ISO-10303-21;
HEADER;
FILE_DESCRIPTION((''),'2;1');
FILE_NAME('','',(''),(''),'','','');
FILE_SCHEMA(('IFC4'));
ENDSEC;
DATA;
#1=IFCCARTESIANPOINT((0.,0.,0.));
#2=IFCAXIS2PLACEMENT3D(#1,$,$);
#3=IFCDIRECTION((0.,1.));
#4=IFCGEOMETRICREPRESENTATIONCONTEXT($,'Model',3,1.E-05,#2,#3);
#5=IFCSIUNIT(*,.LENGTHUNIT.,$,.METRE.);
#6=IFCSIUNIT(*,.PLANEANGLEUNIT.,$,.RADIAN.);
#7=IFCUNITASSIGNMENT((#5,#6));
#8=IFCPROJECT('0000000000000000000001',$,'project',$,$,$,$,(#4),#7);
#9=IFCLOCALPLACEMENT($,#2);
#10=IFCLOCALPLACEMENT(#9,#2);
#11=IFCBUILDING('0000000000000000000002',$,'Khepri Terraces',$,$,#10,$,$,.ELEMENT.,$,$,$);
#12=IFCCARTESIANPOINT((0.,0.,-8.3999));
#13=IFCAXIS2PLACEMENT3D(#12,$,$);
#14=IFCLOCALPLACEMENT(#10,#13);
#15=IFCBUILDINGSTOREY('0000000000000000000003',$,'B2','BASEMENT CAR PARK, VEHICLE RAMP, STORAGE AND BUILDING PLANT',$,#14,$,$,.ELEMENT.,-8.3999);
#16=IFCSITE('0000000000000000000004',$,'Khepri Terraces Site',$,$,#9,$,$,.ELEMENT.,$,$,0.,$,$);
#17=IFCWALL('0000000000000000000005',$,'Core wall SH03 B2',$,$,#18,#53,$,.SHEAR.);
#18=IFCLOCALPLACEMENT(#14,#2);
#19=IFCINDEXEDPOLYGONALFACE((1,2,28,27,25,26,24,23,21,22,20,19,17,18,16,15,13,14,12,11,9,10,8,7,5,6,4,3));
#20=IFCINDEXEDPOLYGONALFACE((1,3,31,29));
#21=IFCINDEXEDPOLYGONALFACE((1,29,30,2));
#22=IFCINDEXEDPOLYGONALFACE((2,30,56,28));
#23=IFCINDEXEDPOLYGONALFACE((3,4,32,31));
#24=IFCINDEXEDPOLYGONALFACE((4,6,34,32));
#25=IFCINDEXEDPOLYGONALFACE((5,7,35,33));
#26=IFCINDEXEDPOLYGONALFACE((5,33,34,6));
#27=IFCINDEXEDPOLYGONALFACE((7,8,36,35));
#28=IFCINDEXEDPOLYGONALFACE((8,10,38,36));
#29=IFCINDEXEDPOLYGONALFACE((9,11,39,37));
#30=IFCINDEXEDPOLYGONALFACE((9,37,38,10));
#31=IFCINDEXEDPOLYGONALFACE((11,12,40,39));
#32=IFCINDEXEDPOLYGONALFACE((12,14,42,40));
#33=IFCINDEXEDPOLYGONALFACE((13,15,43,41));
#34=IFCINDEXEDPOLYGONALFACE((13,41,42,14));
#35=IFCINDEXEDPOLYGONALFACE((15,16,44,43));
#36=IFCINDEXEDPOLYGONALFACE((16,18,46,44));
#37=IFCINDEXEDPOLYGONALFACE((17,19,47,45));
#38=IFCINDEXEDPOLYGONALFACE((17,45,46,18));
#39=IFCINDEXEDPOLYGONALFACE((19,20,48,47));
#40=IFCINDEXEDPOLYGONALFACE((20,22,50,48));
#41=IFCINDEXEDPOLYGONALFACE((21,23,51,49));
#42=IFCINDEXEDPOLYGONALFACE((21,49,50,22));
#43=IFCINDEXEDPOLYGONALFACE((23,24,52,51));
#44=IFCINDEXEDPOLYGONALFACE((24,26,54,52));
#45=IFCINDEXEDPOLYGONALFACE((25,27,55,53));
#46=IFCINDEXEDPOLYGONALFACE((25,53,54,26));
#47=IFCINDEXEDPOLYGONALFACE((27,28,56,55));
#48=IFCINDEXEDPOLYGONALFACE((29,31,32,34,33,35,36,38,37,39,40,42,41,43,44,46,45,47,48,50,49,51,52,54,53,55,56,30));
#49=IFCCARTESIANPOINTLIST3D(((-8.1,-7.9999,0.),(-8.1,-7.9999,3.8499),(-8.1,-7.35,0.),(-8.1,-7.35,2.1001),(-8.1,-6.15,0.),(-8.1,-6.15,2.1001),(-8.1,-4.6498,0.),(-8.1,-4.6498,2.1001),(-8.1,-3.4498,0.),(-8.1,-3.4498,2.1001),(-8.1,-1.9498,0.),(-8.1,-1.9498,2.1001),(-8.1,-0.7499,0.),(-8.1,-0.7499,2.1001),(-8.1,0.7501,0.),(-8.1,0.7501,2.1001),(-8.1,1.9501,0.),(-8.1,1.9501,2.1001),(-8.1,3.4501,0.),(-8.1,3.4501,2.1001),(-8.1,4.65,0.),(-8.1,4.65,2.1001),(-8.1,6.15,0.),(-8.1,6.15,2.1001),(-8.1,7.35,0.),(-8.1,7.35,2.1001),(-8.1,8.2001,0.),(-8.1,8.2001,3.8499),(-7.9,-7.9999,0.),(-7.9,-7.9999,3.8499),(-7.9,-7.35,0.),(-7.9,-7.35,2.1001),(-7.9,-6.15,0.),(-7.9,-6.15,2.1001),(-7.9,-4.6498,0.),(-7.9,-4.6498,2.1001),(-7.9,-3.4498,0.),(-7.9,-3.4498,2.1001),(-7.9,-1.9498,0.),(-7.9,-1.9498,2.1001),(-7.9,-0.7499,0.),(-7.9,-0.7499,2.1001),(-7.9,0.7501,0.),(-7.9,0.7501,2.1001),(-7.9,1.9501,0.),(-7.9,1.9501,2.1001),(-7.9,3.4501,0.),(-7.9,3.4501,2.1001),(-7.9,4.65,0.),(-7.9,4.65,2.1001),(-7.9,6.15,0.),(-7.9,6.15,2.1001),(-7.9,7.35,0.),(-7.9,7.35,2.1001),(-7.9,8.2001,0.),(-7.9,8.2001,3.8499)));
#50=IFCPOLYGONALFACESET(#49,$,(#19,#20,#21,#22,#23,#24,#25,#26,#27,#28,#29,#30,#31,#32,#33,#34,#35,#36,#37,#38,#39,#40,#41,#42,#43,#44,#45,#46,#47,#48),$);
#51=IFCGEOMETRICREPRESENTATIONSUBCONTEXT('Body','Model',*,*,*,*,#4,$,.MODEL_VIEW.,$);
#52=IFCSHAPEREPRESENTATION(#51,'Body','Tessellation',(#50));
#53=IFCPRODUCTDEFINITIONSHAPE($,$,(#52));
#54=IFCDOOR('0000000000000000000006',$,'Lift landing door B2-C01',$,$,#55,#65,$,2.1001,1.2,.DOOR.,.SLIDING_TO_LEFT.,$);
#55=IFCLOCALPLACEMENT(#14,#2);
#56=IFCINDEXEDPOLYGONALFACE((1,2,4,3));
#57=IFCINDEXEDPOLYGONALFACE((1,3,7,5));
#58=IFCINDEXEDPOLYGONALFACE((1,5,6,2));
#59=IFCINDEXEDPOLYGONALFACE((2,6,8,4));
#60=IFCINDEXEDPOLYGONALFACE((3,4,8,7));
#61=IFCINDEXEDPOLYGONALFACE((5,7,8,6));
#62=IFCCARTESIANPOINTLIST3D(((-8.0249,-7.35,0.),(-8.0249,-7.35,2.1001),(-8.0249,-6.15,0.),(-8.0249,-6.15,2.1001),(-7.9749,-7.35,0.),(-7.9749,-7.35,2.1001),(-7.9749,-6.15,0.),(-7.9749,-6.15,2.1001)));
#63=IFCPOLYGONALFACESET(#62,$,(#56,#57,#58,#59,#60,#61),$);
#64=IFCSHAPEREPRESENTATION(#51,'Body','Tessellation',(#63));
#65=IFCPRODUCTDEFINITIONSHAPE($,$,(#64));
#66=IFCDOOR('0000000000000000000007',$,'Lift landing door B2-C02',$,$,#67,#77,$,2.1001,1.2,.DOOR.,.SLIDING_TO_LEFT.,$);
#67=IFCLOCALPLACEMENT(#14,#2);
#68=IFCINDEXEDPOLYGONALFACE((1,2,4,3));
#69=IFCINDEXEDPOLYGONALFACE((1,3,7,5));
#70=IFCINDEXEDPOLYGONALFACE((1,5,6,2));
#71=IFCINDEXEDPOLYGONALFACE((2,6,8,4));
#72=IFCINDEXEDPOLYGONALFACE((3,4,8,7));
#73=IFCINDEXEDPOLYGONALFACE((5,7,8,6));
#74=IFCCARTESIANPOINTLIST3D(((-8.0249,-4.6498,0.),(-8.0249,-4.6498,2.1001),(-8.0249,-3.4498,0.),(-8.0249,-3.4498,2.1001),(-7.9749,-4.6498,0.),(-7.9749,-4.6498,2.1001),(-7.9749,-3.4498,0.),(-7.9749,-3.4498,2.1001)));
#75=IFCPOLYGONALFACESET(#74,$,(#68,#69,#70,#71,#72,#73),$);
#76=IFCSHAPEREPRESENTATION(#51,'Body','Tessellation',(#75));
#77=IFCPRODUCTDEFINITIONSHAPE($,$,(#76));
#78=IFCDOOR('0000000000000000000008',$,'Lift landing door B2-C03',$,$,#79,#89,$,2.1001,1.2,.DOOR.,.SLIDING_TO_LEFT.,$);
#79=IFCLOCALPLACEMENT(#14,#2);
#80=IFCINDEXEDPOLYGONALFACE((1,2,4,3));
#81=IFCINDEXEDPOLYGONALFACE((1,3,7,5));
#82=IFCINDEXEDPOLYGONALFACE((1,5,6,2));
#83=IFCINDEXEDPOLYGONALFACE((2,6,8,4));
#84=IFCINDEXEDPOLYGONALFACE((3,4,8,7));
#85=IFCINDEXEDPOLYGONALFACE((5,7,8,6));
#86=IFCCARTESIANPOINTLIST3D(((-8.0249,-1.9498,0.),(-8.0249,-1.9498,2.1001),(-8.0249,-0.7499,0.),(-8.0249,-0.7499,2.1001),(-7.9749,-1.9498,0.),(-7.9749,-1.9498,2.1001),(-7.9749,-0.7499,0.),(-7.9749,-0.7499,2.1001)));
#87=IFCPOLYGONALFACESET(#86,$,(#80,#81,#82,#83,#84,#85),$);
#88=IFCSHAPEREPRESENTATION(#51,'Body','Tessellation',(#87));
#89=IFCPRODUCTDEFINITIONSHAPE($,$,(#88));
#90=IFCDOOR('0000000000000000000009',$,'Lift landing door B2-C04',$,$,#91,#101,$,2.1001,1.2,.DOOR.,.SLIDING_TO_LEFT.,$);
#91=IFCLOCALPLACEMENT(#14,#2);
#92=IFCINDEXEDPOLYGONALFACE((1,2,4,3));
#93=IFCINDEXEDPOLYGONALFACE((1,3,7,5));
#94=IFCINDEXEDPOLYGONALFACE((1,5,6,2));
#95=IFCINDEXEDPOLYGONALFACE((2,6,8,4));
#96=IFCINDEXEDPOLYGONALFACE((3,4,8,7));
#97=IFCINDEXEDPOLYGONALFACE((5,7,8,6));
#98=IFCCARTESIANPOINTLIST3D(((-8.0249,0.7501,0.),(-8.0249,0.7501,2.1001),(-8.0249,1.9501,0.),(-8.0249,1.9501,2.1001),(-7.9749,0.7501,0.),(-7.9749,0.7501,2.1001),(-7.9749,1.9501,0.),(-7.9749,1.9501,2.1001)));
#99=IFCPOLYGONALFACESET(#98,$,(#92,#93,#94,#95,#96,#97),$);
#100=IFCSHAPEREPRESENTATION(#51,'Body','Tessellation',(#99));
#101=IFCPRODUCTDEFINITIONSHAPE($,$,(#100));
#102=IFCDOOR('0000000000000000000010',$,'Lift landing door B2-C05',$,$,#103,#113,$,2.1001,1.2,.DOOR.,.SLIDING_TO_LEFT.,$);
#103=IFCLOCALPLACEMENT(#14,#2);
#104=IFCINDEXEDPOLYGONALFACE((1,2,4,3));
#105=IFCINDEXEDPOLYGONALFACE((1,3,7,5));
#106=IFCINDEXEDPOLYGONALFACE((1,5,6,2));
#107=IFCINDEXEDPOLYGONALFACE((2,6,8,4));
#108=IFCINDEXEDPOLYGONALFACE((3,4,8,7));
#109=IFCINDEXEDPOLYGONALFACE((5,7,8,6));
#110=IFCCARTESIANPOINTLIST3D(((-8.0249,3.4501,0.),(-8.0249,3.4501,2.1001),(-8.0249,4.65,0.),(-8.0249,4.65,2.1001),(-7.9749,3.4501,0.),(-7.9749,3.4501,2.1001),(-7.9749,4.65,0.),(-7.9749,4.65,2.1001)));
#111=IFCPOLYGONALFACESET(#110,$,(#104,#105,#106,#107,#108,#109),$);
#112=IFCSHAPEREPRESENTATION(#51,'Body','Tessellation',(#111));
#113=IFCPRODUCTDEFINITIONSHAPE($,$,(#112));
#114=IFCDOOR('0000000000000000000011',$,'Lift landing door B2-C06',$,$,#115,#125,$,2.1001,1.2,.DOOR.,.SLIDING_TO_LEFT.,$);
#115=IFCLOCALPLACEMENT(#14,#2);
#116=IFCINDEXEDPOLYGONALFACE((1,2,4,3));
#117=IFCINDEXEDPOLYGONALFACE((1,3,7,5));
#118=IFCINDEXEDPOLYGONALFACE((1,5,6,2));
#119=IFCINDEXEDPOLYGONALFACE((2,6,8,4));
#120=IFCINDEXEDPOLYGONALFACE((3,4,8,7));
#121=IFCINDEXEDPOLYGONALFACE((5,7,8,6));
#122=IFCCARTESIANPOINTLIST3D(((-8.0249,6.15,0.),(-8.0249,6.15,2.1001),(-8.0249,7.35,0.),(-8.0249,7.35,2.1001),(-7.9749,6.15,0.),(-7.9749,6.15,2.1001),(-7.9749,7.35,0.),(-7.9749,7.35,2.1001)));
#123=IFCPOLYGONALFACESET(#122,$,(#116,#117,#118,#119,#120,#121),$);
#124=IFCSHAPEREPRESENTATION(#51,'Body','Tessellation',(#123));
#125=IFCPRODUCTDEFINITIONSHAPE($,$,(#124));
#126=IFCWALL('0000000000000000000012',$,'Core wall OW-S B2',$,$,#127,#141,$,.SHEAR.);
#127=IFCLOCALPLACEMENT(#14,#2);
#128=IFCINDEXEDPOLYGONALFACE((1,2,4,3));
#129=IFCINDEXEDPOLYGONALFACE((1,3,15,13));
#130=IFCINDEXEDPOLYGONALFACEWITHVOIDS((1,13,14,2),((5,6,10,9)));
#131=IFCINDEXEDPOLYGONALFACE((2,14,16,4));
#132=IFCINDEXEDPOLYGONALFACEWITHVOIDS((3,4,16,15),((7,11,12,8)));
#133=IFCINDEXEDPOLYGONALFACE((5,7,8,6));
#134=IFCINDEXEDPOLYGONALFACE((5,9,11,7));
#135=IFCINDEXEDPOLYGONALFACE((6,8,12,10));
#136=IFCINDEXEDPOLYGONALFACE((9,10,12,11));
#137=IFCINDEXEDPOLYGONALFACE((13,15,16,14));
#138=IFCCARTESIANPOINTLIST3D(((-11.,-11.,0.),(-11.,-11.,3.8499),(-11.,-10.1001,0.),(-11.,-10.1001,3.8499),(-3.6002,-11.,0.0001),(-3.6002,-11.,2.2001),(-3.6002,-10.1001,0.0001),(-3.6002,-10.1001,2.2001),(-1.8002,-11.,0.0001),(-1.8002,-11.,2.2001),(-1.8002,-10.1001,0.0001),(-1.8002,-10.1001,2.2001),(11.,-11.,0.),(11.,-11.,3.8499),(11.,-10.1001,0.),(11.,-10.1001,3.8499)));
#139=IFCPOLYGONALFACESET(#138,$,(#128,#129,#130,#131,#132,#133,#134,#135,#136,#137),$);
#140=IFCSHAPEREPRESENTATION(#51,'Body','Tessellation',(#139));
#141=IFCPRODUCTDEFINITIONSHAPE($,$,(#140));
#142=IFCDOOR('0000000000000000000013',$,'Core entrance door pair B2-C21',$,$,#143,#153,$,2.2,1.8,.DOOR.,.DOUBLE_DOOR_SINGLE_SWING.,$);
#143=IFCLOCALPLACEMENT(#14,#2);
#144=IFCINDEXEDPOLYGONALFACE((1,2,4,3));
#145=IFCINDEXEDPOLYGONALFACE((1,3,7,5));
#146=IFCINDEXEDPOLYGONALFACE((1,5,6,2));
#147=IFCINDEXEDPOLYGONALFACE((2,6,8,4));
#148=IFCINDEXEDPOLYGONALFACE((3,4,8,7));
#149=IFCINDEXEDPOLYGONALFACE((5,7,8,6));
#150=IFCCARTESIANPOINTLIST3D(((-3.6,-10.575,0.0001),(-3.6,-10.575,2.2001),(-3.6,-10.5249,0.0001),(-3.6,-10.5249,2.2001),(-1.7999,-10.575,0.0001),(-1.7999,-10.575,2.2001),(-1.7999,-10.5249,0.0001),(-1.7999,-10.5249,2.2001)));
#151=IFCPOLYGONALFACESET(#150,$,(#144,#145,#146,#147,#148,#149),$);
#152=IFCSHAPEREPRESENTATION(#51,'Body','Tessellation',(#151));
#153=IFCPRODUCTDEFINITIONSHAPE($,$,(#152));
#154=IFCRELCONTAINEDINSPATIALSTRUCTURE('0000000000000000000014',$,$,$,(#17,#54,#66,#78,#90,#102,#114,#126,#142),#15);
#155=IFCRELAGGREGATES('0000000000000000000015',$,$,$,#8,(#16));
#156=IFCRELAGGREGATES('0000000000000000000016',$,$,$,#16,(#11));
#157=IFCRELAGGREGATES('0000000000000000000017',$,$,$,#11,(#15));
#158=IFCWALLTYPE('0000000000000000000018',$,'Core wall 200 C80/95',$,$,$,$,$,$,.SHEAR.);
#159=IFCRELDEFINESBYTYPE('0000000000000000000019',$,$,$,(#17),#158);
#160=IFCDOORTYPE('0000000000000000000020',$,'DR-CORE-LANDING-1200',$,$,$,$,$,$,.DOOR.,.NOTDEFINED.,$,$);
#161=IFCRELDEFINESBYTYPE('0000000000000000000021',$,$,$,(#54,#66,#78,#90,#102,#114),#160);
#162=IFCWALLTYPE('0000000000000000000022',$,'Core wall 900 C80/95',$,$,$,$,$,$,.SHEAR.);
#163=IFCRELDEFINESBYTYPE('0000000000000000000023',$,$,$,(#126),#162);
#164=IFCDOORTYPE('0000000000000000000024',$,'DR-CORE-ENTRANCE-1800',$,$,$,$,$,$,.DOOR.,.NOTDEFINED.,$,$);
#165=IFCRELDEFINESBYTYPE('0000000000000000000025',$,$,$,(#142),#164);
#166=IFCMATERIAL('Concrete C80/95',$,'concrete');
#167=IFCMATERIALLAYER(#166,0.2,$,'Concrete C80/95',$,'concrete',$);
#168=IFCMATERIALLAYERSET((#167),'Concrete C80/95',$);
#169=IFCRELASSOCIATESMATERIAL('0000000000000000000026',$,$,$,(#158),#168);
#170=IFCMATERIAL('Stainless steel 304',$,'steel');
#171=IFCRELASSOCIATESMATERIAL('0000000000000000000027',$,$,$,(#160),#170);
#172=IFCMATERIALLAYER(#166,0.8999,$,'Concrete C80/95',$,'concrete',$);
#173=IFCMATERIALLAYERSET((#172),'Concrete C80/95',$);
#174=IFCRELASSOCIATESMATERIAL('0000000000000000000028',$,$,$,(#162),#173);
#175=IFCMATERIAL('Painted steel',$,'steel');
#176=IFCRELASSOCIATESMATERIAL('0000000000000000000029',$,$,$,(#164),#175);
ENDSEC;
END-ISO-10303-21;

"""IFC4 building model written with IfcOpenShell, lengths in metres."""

from ifc_helpers import new_model, si_unit, direction, frame, frame_2d, origin, place, context, subcontext, project, spatial, rectangle, extrude, material, layer, layer_set, type_object, element, fill, save


model = new_model("IFC4")

# Units and contexts
model_context = context("Model", 3, precision=1e-05, world=origin(), true_north=direction((0.0, 1.0)))
body_context = subcontext(model_context, "Body", "Model", "MODEL_VIEW")
ifc_project = project(units=[si_unit("LENGTHUNIT", "METRE"), si_unit("PLANEANGLEUNIT", "RADIAN")], contexts=[model_context])

# Site, building, storey
site_placement = place(None, origin())
site = spatial("IfcSite", under=ifc_project, at=site_placement, Name="Khepri Terraces Site", CompositionType="ELEMENT", RefElevation=0.0)
building_placement = place(site_placement, origin())
building = spatial("IfcBuilding", under=site, at=building_placement, Name="Khepri Terraces", CompositionType="ELEMENT")
storey_placement = place(building_placement, frame((0.0, 0.0, -8.3999)))
storey = spatial("IfcBuildingStorey", under=building, at=storey_placement, Name="B2", Description="BASEMENT CAR PARK, VEHICLE RAMP, STORAGE AND BUILDING PLANT", CompositionType="ELEMENT", Elevation=-8.3999)

# Shared definitions
ifc_material_1 = material(Name="Concrete C80/95", Category="concrete")
ifc_layer_1 = layer(ifc_material_1, 0.2, Name="Concrete C80/95", Category="concrete")
ifc_layer_set_1 = layer_set([ifc_layer_1], Name="Concrete C80/95")
wall_type_1 = type_object("IfcWallType", Name="Core wall 200 C80/95", PredefinedType="SHEAR", material=ifc_layer_set_1)

# Wall, openings, doors
wall_1_placement = place(storey_placement, frame((-8.0, -8.0, 0.0), z_axis=(0.0, 0.0, 1.0), x_axis=(0.0, 1.0, 0.0)))
wall_1 = element("IfcWall", 1, at=wall_1_placement, inside=storey, type_object=wall_type_1, Name="Core wall SH03 B2", PredefinedType="SHEAR", context=body_context, shape_type="SweptSolid", body=[
    extrude(rectangle(XDim=16.2, YDim=0.2, at=frame_2d((8.1001, 0.0))), origin(), (0.0, 0.0, 1.0), 3.8499),
])
opening_1_placement = place(wall_1_placement, frame((0.6499, 0.0, 0.0)))
opening_1 = element("IfcOpeningElement", 2, at=opening_1_placement, cuts=wall_1, PredefinedType="OPENING", context=body_context, shape_type="SweptSolid", body=[
    extrude(rectangle(XDim=1.2, YDim=2.1001, at=frame_2d((0.6001, 1.05))), frame((0.0, 0.1099, 0.0), z_axis=(0.0, -1.0, 0.0), x_axis=(1.0, 0.0, 0.0)), (0.0, 0.0, 1.0), 0.22),
])
opening_2_placement = place(wall_1_placement, frame((3.3501, 0.0, 0.0)))
opening_2 = element("IfcOpeningElement", 3, at=opening_2_placement, cuts=wall_1, PredefinedType="OPENING", context=body_context, shape_type="SweptSolid", body=[
    extrude(rectangle(XDim=1.2, YDim=2.1001, at=frame_2d((0.6001, 1.05))), frame((0.0, 0.1099, 0.0), z_axis=(0.0, -1.0, 0.0), x_axis=(1.0, 0.0, 0.0)), (0.0, 0.0, 1.0), 0.22),
])
opening_3_placement = place(wall_1_placement, frame((6.05, 0.0, 0.0)))
opening_3 = element("IfcOpeningElement", 4, at=opening_3_placement, cuts=wall_1, PredefinedType="OPENING", context=body_context, shape_type="SweptSolid", body=[
    extrude(rectangle(XDim=1.2, YDim=2.1001, at=frame_2d((0.6001, 1.05))), frame((0.0, 0.1099, 0.0), z_axis=(0.0, -1.0, 0.0), x_axis=(1.0, 0.0, 0.0)), (0.0, 0.0, 1.0), 0.22),
])
opening_4_placement = place(wall_1_placement, frame((8.75, 0.0, 0.0)))
opening_4 = element("IfcOpeningElement", 5, at=opening_4_placement, cuts=wall_1, PredefinedType="OPENING", context=body_context, shape_type="SweptSolid", body=[
    extrude(rectangle(XDim=1.2, YDim=2.1001, at=frame_2d((0.6001, 1.05))), frame((0.0, 0.1099, 0.0), z_axis=(0.0, -1.0, 0.0), x_axis=(1.0, 0.0, 0.0)), (0.0, 0.0, 1.0), 0.22),
])
opening_5_placement = place(wall_1_placement, frame((11.45, 0.0, 0.0)))
opening_5 = element("IfcOpeningElement", 6, at=opening_5_placement, cuts=wall_1, PredefinedType="OPENING", context=body_context, shape_type="SweptSolid", body=[
    extrude(rectangle(XDim=1.2, YDim=2.1001, at=frame_2d((0.6001, 1.05))), frame((0.0, 0.1099, 0.0), z_axis=(0.0, -1.0, 0.0), x_axis=(1.0, 0.0, 0.0)), (0.0, 0.0, 1.0), 0.22),
])
opening_6_placement = place(wall_1_placement, frame((14.1499, 0.0, 0.0)))
opening_6 = element("IfcOpeningElement", 7, at=opening_6_placement, cuts=wall_1, PredefinedType="OPENING", context=body_context, shape_type="SweptSolid", body=[
    extrude(rectangle(XDim=1.2, YDim=2.1001, at=frame_2d((0.6001, 1.05))), frame((0.0, 0.1099, 0.0), z_axis=(0.0, -1.0, 0.0), x_axis=(1.0, 0.0, 0.0)), (0.0, 0.0, 1.0), 0.22),
])
ifc_material_2 = material(Name="Stainless steel 304", Category="steel")
door_type_1 = type_object("IfcDoorType", Name="DR-CORE-LANDING-1200", OperationType="NOTDEFINED", PredefinedType="DOOR", material=ifc_material_2)
door_1_placement = place(opening_1_placement, origin())
door_1 = element("IfcDoor", 8, at=door_1_placement, inside=storey, type_object=door_type_1, Name="Lift landing door B2-C01", OperationType="SLIDING_TO_LEFT", OverallHeight=2.1001, OverallWidth=1.2, PredefinedType="DOOR", context=body_context, shape_type="SweptSolid", body=[
    extrude(rectangle(XDim=1.2, YDim=2.1001, at=frame_2d((0.6001, 1.05))), frame((0.0, 0.0249, 0.0), z_axis=(0.0, -1.0, 0.0), x_axis=(1.0, 0.0, 0.0)), (0.0, 0.0, 1.0), 0.05),
])
fill(opening_1, door_1)
door_2_placement = place(opening_2_placement, origin())
door_2 = element("IfcDoor", 9, at=door_2_placement, inside=storey, type_object=door_type_1, Name="Lift landing door B2-C02", OperationType="SLIDING_TO_LEFT", OverallHeight=2.1001, OverallWidth=1.2, PredefinedType="DOOR", context=body_context, shape_type="SweptSolid", body=[
    extrude(rectangle(XDim=1.2, YDim=2.1001, at=frame_2d((0.6001, 1.05))), frame((0.0, 0.0249, 0.0), z_axis=(0.0, -1.0, 0.0), x_axis=(1.0, 0.0, 0.0)), (0.0, 0.0, 1.0), 0.05),
])
fill(opening_2, door_2)
door_3_placement = place(opening_3_placement, origin())
door_3 = element("IfcDoor", 10, at=door_3_placement, inside=storey, type_object=door_type_1, Name="Lift landing door B2-C03", OperationType="SLIDING_TO_LEFT", OverallHeight=2.1001, OverallWidth=1.2, PredefinedType="DOOR", context=body_context, shape_type="SweptSolid", body=[
    extrude(rectangle(XDim=1.2, YDim=2.1001, at=frame_2d((0.6001, 1.05))), frame((0.0, 0.0249, 0.0), z_axis=(0.0, -1.0, 0.0), x_axis=(1.0, 0.0, 0.0)), (0.0, 0.0, 1.0), 0.05),
])
fill(opening_3, door_3)
door_4_placement = place(opening_4_placement, origin())
door_4 = element("IfcDoor", 11, at=door_4_placement, inside=storey, type_object=door_type_1, Name="Lift landing door B2-C04", OperationType="SLIDING_TO_LEFT", OverallHeight=2.1001, OverallWidth=1.2, PredefinedType="DOOR", context=body_context, shape_type="SweptSolid", body=[
    extrude(rectangle(XDim=1.2, YDim=2.1001, at=frame_2d((0.6001, 1.05))), frame((0.0, 0.0249, 0.0), z_axis=(0.0, -1.0, 0.0), x_axis=(1.0, 0.0, 0.0)), (0.0, 0.0, 1.0), 0.05),
])
fill(opening_4, door_4)
door_5_placement = place(opening_5_placement, origin())
door_5 = element("IfcDoor", 12, at=door_5_placement, inside=storey, type_object=door_type_1, Name="Lift landing door B2-C05", OperationType="SLIDING_TO_LEFT", OverallHeight=2.1001, OverallWidth=1.2, PredefinedType="DOOR", context=body_context, shape_type="SweptSolid", body=[
    extrude(rectangle(XDim=1.2, YDim=2.1001, at=frame_2d((0.6001, 1.05))), frame((0.0, 0.0249, 0.0), z_axis=(0.0, -1.0, 0.0), x_axis=(1.0, 0.0, 0.0)), (0.0, 0.0, 1.0), 0.05),
])
fill(opening_5, door_5)
door_6_placement = place(opening_6_placement, origin())
door_6 = element("IfcDoor", 13, at=door_6_placement, inside=storey, type_object=door_type_1, Name="Lift landing door B2-C06", OperationType="SLIDING_TO_LEFT", OverallHeight=2.1001, OverallWidth=1.2, PredefinedType="DOOR", context=body_context, shape_type="SweptSolid", body=[
    extrude(rectangle(XDim=1.2, YDim=2.1001, at=frame_2d((0.6001, 1.05))), frame((0.0, 0.0249, 0.0), z_axis=(0.0, -1.0, 0.0), x_axis=(1.0, 0.0, 0.0)), (0.0, 0.0, 1.0), 0.05),
])
fill(opening_6, door_6)

# Wall, opening, door
ifc_layer_2 = layer(ifc_material_1, 0.8999, Name="Concrete C80/95", Category="concrete")
ifc_layer_set_2 = layer_set([ifc_layer_2], Name="Concrete C80/95")
wall_type_2 = type_object("IfcWallType", Name="Core wall 900 C80/95", PredefinedType="SHEAR", material=ifc_layer_set_2)
wall_2_placement = place(storey_placement, frame((-11.0, -10.55, 0.0), z_axis=(0.0, 0.0, 1.0), x_axis=(1.0, 0.0, 0.0)))
wall_2 = element("IfcWall", 14, at=wall_2_placement, inside=storey, type_object=wall_type_2, Name="Core wall OW-S B2", PredefinedType="SHEAR", context=body_context, shape_type="SweptSolid", body=[
    extrude(rectangle(XDim=22.0, YDim=0.8999, at=frame_2d((11.0, 0.0))), origin(), (0.0, 0.0, 1.0), 3.8499),
])
opening_7_placement = place(wall_2_placement, frame((7.3999, 0.0, 0.0)))
opening_7 = element("IfcOpeningElement", 15, at=opening_7_placement, cuts=wall_2, PredefinedType="OPENING", context=body_context, shape_type="SweptSolid", body=[
    extrude(rectangle(XDim=1.8, YDim=2.2, at=frame_2d((0.8999, 1.1001))), frame((0.0, 0.46, 0.0), z_axis=(0.0, -1.0, 0.0), x_axis=(1.0, 0.0, 0.0)), (0.0, 0.0, 1.0), 0.9199),
])
ifc_material_3 = material(Name="Painted steel", Category="steel")
door_type_2 = type_object("IfcDoorType", Name="DR-CORE-ENTRANCE-1800", OperationType="NOTDEFINED", PredefinedType="DOOR", material=ifc_material_3)
door_7_placement = place(opening_7_placement, frame((1.8, 0.0, 0.0), z_axis=(0.0, 0.0, 1.0), x_axis=(-1.0, 0.0, 0.0)))
door_7 = element("IfcDoor", 16, at=door_7_placement, inside=storey, type_object=door_type_2, Name="Core entrance door pair B2-C21", OperationType="DOUBLE_DOOR_SINGLE_SWING", OverallHeight=2.2, OverallWidth=1.8, PredefinedType="DOOR", context=body_context, shape_type="SweptSolid", body=[
    extrude(rectangle(XDim=1.8, YDim=2.2, at=frame_2d((0.8999, 1.1001))), frame((0.0, 0.0249, 0.0), z_axis=(0.0, -1.0, 0.0), x_axis=(1.0, 0.0, 0.0)), (0.0, 0.0, 1.0), 0.05),
])
fill(opening_7, door_7)

save(model, "model.ifc")
